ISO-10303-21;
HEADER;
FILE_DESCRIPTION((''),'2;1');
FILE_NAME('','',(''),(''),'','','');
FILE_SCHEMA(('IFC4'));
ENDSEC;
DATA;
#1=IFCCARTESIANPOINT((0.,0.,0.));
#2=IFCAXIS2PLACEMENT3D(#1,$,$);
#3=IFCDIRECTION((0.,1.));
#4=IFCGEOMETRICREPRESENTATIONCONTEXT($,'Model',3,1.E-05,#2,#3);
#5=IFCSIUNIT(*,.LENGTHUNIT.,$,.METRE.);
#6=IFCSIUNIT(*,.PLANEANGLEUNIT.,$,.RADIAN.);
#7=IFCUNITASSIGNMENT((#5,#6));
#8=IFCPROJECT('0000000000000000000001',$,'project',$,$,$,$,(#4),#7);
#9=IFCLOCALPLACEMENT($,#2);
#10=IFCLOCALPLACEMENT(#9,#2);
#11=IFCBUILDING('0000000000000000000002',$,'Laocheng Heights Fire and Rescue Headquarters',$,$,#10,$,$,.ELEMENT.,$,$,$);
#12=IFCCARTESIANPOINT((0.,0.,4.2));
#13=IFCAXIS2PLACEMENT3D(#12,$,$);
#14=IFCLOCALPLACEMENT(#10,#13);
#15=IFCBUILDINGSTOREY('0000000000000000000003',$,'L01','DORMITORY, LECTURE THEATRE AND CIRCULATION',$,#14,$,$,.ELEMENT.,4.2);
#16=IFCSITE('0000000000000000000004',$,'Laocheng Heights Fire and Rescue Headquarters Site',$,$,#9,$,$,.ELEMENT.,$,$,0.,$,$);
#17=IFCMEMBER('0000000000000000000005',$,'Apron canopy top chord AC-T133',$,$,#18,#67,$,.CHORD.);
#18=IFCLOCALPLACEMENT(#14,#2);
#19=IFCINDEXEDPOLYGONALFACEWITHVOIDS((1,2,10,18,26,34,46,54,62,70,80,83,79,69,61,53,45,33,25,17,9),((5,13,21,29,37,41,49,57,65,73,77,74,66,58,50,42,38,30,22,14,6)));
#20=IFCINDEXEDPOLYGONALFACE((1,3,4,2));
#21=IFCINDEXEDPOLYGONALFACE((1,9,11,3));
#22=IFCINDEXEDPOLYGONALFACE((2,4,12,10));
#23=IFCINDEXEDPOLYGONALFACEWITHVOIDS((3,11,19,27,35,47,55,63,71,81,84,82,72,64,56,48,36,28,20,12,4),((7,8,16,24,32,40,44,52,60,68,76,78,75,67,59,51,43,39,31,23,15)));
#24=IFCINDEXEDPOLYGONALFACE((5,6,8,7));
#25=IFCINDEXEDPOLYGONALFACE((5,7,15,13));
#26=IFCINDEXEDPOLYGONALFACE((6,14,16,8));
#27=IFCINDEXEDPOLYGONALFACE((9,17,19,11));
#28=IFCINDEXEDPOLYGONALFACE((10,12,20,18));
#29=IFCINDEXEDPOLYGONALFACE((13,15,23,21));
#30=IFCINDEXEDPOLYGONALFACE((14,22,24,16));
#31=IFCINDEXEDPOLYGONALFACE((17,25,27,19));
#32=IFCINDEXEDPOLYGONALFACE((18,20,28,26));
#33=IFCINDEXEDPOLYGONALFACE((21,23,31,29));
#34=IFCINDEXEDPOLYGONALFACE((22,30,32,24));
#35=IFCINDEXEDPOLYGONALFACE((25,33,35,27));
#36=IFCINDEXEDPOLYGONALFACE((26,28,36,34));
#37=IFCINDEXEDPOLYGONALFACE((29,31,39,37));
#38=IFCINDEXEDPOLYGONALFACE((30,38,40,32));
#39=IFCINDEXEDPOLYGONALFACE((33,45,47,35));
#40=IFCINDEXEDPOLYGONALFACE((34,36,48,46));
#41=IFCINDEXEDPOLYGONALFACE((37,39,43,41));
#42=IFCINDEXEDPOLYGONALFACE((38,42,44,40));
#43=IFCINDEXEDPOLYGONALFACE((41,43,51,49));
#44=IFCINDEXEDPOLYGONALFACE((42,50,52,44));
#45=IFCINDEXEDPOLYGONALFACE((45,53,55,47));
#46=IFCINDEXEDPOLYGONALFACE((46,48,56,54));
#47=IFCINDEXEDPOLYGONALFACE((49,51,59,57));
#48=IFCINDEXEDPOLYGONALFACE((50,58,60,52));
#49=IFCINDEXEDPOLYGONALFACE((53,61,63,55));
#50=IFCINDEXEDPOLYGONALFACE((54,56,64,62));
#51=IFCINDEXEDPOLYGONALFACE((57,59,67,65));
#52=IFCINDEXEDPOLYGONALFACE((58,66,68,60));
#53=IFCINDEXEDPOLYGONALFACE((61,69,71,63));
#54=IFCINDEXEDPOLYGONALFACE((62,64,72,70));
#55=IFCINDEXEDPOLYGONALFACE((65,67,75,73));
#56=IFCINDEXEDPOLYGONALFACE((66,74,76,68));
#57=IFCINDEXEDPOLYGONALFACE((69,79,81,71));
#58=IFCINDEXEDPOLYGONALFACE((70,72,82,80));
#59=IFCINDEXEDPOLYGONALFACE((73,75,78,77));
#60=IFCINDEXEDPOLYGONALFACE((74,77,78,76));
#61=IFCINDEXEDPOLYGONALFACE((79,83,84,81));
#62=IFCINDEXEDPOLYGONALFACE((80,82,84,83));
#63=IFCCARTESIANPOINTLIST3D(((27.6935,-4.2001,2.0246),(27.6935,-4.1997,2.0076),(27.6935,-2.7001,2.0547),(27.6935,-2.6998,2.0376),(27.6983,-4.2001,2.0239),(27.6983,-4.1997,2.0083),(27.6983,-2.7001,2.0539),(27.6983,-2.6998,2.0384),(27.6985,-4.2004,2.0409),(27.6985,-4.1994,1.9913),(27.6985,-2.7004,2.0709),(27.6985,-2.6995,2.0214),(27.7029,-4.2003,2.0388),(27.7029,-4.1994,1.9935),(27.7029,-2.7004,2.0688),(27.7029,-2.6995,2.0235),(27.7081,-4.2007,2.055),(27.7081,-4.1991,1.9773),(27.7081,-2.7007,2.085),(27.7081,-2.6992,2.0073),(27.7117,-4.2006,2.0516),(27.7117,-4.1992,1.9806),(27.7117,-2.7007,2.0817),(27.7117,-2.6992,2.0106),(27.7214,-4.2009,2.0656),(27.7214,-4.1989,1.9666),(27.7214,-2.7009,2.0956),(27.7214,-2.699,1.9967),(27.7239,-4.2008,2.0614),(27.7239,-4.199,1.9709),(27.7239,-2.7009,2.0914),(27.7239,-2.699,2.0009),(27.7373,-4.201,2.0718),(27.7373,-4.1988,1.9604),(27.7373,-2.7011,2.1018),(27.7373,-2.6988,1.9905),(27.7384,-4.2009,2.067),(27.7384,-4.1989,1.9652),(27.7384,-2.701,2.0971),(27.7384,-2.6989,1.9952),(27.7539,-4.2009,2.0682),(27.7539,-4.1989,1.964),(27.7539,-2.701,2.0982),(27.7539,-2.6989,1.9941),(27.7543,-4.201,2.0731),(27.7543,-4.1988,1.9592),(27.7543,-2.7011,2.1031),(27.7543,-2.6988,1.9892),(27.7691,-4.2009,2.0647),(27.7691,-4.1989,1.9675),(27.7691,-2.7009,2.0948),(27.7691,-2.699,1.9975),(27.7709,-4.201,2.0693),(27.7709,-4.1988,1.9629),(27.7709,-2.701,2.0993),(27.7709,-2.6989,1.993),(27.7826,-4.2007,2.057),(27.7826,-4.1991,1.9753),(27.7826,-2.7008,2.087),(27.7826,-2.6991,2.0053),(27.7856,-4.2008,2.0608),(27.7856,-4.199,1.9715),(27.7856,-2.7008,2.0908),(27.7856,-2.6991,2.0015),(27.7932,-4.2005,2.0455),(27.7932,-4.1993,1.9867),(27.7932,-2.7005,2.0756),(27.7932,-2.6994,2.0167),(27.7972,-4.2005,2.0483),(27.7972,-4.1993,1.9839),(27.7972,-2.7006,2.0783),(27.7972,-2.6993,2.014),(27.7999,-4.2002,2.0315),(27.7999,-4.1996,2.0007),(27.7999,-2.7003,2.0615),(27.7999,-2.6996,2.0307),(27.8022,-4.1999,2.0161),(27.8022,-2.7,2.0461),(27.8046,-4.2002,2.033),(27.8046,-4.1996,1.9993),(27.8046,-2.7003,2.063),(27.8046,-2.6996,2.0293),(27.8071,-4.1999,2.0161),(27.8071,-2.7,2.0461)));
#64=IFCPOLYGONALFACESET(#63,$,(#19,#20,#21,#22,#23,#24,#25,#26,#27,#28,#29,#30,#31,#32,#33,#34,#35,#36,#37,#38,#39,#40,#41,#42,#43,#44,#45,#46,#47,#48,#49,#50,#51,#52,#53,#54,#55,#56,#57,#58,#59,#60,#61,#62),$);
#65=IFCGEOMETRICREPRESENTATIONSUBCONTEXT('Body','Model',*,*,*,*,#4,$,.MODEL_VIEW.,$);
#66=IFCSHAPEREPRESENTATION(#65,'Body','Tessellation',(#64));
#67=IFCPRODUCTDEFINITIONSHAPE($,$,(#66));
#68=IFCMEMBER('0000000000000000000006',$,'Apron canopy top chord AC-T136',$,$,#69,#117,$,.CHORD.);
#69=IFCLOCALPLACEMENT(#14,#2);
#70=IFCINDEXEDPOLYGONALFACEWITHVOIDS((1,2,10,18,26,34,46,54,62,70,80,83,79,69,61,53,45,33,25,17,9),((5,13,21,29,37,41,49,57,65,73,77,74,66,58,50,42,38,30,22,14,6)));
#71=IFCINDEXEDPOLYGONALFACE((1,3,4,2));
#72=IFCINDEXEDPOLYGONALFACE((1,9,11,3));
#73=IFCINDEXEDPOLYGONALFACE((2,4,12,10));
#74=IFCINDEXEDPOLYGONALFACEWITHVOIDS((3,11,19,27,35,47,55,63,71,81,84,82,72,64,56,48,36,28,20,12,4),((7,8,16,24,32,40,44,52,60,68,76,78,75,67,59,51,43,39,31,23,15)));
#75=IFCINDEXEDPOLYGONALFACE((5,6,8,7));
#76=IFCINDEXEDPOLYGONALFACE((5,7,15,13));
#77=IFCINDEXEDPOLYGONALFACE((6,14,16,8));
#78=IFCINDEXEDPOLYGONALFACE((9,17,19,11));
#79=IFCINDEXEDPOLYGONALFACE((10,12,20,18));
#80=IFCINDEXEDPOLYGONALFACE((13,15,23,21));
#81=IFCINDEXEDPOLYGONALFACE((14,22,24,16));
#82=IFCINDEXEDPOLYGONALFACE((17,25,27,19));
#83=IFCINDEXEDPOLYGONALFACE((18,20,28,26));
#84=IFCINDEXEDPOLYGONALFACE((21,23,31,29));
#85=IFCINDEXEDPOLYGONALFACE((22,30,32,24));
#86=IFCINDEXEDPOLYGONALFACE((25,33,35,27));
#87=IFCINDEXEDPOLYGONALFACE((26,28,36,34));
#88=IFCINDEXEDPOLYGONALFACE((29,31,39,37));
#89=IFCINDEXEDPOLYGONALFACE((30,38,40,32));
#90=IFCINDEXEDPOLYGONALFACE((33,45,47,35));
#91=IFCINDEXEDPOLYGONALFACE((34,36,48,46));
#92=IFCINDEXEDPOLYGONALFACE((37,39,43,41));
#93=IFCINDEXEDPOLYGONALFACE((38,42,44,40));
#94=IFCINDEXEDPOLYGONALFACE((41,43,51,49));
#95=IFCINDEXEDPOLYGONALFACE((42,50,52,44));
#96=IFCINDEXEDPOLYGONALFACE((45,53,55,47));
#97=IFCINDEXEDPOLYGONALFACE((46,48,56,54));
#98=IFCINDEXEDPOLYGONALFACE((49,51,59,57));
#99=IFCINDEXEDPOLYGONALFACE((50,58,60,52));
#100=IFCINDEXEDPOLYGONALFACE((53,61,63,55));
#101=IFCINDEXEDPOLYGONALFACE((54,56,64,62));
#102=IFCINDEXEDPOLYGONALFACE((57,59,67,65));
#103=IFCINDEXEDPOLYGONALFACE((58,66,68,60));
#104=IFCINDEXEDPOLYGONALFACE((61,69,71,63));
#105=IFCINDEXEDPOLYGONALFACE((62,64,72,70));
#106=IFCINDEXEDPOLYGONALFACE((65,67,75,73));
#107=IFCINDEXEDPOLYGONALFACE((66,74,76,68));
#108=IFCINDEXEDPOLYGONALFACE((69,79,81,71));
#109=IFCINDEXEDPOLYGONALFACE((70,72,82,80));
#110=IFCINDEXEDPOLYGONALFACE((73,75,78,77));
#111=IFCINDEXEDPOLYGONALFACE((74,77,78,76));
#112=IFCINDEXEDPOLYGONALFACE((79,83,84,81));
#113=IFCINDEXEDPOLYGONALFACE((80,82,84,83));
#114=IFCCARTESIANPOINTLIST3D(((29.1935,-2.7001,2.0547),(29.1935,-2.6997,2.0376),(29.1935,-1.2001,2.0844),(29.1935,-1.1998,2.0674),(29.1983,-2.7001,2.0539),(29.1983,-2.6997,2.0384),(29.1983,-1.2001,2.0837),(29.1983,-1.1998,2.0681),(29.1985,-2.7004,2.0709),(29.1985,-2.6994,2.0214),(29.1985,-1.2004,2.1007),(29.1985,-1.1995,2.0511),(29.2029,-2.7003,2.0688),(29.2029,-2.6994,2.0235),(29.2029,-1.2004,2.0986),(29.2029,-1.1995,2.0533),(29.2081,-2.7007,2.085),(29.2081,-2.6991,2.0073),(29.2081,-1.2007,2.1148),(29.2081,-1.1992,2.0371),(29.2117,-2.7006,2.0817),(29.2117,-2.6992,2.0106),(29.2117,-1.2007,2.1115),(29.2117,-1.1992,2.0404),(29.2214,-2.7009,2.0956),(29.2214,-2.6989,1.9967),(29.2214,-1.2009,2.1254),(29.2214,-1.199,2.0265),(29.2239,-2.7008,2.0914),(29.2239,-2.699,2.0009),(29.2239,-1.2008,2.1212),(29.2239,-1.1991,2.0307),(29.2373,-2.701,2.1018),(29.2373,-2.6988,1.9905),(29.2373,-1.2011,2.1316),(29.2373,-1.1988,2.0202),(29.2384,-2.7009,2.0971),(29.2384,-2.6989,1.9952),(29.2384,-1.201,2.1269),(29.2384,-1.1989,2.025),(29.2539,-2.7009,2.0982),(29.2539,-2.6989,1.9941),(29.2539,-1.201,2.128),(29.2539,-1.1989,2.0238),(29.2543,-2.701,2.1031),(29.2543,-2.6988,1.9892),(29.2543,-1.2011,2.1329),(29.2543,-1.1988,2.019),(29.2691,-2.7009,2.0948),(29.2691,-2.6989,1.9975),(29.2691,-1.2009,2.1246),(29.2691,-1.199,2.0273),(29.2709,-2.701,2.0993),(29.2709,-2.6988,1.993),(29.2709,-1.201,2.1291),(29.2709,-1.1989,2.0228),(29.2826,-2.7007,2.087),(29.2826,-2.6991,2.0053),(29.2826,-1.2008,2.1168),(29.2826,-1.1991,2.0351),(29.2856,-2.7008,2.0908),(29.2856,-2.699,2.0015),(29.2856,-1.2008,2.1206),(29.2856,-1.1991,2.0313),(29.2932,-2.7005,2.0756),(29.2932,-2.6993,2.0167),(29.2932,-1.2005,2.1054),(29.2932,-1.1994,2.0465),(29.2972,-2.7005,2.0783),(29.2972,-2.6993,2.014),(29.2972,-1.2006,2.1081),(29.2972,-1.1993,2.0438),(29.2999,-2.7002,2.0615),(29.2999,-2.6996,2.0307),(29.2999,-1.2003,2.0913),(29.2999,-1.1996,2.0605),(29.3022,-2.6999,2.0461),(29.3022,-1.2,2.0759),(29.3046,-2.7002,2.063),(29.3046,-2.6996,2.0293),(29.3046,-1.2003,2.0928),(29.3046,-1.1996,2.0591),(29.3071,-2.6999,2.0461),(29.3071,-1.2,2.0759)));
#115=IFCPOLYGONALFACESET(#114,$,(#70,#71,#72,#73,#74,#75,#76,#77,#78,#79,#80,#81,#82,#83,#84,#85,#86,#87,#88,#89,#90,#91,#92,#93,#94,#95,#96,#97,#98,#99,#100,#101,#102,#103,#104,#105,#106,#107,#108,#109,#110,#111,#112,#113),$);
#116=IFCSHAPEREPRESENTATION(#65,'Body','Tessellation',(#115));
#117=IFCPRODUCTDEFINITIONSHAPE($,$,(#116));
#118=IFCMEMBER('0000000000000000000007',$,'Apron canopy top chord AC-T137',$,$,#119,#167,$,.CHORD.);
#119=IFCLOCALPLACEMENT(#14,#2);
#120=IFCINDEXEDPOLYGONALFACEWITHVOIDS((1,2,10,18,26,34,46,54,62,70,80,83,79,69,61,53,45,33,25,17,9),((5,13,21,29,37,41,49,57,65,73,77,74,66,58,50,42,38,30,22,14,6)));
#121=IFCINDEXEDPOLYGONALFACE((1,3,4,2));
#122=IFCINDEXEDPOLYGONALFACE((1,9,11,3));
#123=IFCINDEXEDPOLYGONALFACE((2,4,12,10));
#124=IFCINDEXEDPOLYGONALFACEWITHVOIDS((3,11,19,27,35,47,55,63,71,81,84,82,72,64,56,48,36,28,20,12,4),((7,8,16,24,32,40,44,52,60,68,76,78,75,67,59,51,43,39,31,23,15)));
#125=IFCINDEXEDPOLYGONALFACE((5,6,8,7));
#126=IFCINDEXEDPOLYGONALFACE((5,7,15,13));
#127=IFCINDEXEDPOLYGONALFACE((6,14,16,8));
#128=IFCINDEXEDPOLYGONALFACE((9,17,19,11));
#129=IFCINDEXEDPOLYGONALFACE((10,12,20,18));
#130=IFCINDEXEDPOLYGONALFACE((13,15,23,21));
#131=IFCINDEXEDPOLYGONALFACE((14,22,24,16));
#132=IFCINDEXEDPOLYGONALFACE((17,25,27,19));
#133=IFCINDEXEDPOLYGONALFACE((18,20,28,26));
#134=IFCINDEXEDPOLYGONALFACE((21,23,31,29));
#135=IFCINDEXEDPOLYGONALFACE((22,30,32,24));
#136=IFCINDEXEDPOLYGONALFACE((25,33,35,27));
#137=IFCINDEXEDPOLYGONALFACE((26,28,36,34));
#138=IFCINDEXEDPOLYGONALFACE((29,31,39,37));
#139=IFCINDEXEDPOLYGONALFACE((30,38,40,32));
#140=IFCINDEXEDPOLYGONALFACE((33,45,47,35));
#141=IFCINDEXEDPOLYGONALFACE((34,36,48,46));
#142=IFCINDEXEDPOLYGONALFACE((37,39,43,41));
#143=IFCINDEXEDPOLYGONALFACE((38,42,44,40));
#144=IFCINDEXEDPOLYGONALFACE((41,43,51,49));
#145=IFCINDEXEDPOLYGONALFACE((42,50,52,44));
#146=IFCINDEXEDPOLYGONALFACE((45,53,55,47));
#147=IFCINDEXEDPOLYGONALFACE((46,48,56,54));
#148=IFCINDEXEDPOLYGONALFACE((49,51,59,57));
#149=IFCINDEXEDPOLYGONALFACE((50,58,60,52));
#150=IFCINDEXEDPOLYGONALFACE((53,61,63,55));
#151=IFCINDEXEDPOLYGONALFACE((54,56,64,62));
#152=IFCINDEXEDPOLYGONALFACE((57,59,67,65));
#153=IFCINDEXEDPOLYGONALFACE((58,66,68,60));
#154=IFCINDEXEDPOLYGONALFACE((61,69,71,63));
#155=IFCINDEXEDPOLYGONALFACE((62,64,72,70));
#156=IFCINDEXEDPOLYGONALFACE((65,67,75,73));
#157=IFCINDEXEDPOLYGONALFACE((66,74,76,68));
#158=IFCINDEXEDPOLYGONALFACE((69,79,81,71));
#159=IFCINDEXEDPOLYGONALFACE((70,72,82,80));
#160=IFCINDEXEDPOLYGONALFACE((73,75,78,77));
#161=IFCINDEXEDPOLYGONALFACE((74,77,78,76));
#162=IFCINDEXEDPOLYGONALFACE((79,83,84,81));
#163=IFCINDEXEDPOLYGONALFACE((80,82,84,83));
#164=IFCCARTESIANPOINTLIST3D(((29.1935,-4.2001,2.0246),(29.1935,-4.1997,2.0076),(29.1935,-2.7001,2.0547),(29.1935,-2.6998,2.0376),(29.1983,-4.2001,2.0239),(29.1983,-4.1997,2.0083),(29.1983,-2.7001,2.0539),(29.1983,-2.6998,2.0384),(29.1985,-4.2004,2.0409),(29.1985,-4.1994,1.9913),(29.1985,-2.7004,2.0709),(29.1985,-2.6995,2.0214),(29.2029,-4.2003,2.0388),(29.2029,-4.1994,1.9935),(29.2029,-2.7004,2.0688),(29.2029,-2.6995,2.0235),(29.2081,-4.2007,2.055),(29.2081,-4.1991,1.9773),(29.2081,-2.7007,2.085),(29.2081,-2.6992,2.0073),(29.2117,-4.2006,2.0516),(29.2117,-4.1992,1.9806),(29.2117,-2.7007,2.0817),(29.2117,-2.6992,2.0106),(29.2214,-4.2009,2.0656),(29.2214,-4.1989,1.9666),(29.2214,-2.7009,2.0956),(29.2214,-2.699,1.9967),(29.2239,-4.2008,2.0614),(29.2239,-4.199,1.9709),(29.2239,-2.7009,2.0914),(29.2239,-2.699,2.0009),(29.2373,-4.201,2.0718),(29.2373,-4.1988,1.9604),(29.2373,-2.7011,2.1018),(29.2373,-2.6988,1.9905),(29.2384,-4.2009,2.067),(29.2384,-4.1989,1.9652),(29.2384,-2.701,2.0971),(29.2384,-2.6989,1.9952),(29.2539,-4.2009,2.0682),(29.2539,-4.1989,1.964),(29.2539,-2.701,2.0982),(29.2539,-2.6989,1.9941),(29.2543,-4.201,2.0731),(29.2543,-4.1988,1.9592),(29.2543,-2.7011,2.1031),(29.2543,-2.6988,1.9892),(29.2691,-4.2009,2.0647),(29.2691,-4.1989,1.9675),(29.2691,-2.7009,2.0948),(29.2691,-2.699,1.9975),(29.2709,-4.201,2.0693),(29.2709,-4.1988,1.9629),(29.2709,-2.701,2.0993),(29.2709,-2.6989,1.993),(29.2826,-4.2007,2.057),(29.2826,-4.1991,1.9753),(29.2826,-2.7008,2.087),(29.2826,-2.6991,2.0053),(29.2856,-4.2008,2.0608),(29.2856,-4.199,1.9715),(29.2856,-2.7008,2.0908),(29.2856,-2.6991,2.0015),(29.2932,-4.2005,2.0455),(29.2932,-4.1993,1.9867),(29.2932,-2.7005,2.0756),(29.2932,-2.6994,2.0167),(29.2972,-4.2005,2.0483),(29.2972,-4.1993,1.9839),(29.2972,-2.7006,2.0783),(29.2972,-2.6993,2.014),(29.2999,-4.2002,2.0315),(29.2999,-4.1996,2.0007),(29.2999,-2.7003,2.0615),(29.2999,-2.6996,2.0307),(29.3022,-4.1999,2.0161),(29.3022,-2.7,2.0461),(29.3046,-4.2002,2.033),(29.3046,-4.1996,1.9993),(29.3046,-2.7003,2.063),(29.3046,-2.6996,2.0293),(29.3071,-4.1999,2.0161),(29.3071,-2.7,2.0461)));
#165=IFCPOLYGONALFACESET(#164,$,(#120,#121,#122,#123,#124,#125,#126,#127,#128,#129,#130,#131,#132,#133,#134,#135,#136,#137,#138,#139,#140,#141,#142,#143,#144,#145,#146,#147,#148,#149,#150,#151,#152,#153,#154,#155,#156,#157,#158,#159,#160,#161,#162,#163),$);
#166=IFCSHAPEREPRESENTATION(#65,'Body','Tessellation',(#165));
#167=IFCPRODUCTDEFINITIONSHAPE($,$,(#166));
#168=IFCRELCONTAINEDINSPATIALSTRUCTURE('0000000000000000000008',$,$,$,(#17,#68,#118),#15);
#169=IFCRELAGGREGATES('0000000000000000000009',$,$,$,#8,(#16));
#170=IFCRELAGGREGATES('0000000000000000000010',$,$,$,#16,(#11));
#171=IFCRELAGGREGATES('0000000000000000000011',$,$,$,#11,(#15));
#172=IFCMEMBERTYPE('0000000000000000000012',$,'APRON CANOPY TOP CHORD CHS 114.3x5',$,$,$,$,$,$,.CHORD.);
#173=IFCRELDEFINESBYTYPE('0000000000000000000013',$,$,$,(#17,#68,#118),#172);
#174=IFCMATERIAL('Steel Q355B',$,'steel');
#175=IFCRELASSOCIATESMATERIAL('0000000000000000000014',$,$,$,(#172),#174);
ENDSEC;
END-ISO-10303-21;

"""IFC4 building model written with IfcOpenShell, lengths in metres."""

from ifc_helpers import new_model, si_unit, direction, frame, origin, origin_2d, place, context, subcontext, project, spatial, hollow_circle, extrude, material, material_profile, profile_set, type_object, element, save


model = new_model("IFC4")

# Units and contexts
model_context = context("Model", 3, precision=1e-05, world=origin(), true_north=direction((0.0, 1.0)))
body_context = subcontext(model_context, "Body", "Model", "MODEL_VIEW")
ifc_project = project(units=[si_unit("LENGTHUNIT", "METRE"), si_unit("PLANEANGLEUNIT", "RADIAN")], contexts=[model_context])

# Site, building, storey
site_placement = place(None, origin())
site = spatial("IfcSite", under=ifc_project, at=site_placement, Name="Laocheng Heights Fire and Rescue Headquarters Site", CompositionType="ELEMENT", RefElevation=0.0)
building_placement = place(site_placement, origin())
building = spatial("IfcBuilding", under=site, at=building_placement, Name="Laocheng Heights Fire and Rescue Headquarters", CompositionType="ELEMENT")
storey_placement = place(building_placement, frame((0.0, 0.0, 4.2)))
storey = spatial("IfcBuildingStorey", under=building, at=storey_placement, Name="L01", Description="DORMITORY, LECTURE THEATRE AND CIRCULATION", CompositionType="ELEMENT", Elevation=4.2)

# Members
ifc_material_1 = material(Name="Steel Q355B", Category="steel")
ifc_material_profile_1 = material_profile(ifc_material_1, hollow_circle(Radius=0.0571, WallThickness=0.0049, at=origin_2d()), Name="CHS 114.3x5")
ifc_profile_set_1 = profile_set([ifc_material_profile_1], Name="Steel Q355B")
member_type = type_object("IfcMemberType", Name="APRON CANOPY TOP CHORD CHS 114.3x5", PredefinedType="CHORD", material=ifc_profile_set_1)
for number, where, z_axis, x_axis, name in (
    (1, (27.75, -2.7, 2.0461), (0.0, -0.9998, -0.020016), (1.0, 0.0, 0.0), "Apron canopy top chord AC-T133"),
    (2, (29.25, -1.2, 2.0759), (0.0, -0.999803, -0.019853), (1.0, 0.0, 0.0), "Apron canopy top chord AC-T136"),
    (3, (29.25, -2.7, 2.0461), (0.0, -0.9998, -0.020016), (1.0, 0.0, 0.0), "Apron canopy top chord AC-T137"),
):
    element("IfcMember", number, at=place(storey_placement, frame(where, z_axis=z_axis, x_axis=x_axis)), inside=storey, type_object=member_type, Name=name, PredefinedType="CHORD", context=body_context, shape_type="SweptSolid", body=[
        extrude(hollow_circle(Radius=0.0571, WallThickness=0.0049, at=origin_2d()), origin(), (0.0, 0.0, 1.0), 1.5002),
    ])

save(model, "model.ifc")
